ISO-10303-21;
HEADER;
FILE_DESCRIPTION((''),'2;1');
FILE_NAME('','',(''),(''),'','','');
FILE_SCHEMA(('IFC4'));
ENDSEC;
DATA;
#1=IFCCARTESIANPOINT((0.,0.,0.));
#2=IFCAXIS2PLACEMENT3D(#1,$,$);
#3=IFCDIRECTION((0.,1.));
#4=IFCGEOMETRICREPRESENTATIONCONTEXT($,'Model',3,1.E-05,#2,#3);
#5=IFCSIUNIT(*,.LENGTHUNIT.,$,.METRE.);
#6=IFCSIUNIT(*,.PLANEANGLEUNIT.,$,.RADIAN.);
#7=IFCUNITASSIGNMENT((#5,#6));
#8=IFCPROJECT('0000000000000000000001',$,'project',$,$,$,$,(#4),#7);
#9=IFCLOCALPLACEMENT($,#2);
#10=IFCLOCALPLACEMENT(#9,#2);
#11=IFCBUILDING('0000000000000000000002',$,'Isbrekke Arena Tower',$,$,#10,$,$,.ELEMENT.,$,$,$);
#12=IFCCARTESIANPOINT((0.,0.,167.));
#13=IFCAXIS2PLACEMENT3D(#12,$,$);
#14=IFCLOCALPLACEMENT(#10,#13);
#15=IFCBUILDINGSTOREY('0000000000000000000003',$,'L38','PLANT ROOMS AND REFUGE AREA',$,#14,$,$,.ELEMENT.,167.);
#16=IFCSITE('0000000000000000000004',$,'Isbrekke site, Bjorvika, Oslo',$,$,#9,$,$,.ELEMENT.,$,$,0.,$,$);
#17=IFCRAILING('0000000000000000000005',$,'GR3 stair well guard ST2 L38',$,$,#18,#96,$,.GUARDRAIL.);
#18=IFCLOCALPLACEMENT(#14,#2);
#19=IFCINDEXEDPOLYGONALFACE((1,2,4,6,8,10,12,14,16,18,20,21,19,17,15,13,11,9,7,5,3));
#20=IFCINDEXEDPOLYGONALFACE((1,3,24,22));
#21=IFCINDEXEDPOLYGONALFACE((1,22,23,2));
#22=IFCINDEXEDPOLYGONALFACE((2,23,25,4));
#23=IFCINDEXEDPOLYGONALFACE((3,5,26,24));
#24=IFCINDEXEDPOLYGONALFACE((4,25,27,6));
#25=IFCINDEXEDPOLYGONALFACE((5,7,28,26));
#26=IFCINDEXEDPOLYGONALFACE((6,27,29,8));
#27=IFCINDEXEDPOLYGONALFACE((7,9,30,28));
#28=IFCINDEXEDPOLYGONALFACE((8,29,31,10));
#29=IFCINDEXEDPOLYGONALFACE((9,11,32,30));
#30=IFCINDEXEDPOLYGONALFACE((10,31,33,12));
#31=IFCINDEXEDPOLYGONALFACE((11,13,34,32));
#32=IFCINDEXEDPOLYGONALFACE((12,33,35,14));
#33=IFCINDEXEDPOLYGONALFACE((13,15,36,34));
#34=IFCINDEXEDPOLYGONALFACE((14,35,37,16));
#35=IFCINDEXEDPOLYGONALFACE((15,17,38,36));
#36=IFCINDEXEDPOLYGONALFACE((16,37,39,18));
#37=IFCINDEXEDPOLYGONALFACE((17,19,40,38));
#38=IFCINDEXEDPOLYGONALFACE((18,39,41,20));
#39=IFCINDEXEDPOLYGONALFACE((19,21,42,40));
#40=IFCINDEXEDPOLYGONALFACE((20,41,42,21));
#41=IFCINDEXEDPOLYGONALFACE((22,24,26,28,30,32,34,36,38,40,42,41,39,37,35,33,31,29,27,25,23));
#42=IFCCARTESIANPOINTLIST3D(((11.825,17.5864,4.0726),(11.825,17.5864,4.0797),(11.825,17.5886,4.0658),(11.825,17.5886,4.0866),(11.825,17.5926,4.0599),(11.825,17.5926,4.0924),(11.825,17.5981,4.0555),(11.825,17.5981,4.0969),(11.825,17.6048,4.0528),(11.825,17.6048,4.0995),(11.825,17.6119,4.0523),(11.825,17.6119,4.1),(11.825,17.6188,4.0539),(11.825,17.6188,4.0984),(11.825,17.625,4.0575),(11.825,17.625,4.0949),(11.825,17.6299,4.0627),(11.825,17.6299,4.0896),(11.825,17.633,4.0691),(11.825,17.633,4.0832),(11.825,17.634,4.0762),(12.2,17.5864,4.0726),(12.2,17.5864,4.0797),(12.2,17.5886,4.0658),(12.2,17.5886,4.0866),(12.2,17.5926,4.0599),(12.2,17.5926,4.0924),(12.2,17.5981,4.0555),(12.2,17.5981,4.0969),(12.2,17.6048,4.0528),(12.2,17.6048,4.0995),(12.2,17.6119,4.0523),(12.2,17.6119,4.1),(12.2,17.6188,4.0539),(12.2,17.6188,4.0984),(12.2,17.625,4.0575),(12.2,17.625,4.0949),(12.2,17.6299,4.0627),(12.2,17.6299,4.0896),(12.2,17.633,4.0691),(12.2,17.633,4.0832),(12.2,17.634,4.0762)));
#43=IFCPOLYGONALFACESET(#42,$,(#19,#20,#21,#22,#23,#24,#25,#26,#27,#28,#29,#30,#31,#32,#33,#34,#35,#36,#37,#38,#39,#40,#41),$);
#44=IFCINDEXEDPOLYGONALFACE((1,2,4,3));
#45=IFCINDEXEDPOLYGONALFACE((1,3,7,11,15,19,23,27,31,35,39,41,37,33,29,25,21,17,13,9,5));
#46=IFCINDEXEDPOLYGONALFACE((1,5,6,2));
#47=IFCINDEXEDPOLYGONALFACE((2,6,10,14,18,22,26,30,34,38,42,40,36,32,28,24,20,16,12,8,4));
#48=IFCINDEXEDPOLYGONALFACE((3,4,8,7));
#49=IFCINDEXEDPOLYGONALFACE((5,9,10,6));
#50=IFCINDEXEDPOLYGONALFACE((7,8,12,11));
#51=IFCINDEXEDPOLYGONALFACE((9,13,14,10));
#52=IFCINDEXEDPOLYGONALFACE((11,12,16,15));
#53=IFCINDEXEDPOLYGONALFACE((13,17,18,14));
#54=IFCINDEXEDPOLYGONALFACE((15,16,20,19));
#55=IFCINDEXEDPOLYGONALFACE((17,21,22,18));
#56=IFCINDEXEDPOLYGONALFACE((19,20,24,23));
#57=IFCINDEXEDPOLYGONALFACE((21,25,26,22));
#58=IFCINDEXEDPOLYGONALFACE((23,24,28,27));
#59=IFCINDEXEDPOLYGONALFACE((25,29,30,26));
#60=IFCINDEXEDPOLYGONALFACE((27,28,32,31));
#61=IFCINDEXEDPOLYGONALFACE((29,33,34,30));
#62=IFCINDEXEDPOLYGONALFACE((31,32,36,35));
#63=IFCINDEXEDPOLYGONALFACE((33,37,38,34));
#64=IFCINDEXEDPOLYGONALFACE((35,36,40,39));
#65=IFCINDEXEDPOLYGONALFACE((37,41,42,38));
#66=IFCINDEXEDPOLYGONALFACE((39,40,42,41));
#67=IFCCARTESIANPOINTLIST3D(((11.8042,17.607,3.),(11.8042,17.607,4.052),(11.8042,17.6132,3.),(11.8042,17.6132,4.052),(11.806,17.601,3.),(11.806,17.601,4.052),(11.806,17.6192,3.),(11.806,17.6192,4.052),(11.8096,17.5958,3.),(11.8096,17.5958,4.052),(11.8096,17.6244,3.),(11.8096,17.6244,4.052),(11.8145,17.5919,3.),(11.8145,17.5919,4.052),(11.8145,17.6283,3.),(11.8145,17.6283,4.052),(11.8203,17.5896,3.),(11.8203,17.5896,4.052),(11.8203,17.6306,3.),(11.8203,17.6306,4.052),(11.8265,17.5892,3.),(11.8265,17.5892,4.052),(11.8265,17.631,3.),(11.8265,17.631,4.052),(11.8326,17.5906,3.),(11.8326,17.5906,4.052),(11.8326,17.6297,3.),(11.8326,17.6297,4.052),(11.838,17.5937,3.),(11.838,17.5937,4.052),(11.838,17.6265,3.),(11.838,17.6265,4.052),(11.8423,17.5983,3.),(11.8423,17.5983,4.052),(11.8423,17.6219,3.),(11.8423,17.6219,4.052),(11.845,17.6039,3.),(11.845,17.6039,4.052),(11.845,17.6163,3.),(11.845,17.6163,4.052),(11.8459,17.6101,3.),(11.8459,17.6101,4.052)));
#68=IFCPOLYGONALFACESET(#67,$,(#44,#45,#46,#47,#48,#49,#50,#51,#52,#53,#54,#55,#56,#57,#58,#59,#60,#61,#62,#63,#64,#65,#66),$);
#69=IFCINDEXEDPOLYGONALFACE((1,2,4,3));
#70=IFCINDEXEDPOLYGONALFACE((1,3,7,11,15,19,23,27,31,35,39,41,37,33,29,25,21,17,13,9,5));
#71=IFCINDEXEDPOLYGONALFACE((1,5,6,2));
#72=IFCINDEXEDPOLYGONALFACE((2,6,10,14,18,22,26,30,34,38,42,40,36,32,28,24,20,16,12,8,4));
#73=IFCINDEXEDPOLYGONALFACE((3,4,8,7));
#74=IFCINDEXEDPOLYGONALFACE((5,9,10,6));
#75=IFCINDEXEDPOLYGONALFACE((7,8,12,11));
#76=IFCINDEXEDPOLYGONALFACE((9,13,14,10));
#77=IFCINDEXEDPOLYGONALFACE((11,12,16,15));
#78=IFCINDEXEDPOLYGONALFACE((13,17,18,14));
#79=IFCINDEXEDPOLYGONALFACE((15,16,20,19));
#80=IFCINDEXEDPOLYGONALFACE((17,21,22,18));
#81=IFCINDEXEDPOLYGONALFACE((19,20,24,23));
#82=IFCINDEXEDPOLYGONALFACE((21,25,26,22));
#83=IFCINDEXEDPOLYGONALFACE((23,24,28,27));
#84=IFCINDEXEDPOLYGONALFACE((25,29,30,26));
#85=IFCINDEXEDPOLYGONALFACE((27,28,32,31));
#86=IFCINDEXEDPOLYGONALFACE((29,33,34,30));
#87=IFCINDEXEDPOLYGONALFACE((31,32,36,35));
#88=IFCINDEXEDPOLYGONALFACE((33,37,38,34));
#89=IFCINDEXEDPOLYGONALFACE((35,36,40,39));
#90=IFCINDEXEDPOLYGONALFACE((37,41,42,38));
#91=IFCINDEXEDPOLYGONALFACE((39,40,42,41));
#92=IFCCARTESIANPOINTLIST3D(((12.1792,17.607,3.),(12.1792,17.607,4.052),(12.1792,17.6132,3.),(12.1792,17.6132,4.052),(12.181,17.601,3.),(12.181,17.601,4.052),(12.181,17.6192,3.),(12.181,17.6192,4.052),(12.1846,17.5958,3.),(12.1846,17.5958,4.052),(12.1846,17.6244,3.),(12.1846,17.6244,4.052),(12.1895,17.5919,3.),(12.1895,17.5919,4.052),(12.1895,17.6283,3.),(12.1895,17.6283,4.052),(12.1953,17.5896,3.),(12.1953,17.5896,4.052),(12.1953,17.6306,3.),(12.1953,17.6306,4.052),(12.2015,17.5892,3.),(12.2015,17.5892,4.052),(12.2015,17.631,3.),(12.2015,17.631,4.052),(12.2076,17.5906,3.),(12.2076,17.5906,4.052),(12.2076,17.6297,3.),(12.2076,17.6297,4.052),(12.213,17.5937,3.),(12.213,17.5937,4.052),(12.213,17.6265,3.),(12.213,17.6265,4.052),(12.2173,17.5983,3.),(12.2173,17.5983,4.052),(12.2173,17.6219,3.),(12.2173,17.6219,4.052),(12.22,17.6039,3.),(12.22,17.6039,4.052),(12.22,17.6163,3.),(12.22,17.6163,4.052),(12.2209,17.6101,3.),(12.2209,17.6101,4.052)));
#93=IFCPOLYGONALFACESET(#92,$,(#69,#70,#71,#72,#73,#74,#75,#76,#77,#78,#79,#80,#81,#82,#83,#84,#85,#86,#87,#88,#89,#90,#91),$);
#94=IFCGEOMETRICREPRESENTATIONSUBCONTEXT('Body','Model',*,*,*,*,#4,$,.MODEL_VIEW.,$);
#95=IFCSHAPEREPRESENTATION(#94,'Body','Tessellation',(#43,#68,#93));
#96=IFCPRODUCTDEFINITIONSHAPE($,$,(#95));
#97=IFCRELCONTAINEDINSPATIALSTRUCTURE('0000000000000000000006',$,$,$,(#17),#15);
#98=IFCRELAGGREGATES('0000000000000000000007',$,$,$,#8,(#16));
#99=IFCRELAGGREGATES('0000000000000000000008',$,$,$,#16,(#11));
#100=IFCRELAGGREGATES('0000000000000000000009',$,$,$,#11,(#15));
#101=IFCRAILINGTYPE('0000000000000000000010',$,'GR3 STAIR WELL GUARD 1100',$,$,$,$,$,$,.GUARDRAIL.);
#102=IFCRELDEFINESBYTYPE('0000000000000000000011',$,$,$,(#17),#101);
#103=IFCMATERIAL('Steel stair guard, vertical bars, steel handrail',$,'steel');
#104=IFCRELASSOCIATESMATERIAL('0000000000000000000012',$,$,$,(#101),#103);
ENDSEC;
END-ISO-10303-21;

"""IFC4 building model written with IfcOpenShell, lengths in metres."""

from ifc_helpers import new_model, si_unit, direction, frame, origin, origin_2d, place, context, subcontext, project, spatial, circle, extrude, material, type_object, element, save


model = new_model("IFC4")

# Units and contexts
model_context = context("Model", 3, precision=1e-05, world=origin(), true_north=direction((0.0, 1.0)))
body_context = subcontext(model_context, "Body", "Model", "MODEL_VIEW")
ifc_project = project(units=[si_unit("LENGTHUNIT", "METRE"), si_unit("PLANEANGLEUNIT", "RADIAN")], contexts=[model_context])

# Site, building, storey
site_placement = place(None, origin())
site = spatial("IfcSite", under=ifc_project, at=site_placement, Name="Isbrekke site, Bjorvika, Oslo", CompositionType="ELEMENT", RefElevation=0.0)
building_placement = place(site_placement, origin())
building = spatial("IfcBuilding", under=site, at=building_placement, Name="Isbrekke Arena Tower", CompositionType="ELEMENT")
storey_placement = place(building_placement, frame((0.0, 0.0, 167.0)))
storey = spatial("IfcBuildingStorey", under=building, at=storey_placement, Name="L38", Description="PLANT ROOMS AND REFUGE AREA", CompositionType="ELEMENT", Elevation=167.0)

# Railing
ifc_material_1 = material(Name="Steel stair guard, vertical bars, steel handrail", Category="steel")
railing_type = type_object("IfcRailingType", Name="GR3 STAIR WELL GUARD 1100", PredefinedType="GUARDRAIL", material=ifc_material_1)
for number, where, name in (
    (1, (11.825, 17.6101, 3.0), "GR3 stair well guard ST2 L38"),
):
    element("IfcRailing", number, at=place(storey_placement, frame(where)), inside=storey, type_object=railing_type, Name=name, PredefinedType="GUARDRAIL", context=body_context, shape_type="SweptSolid", body=[
        extrude(circle(Radius=0.0239, at=origin_2d()), frame((0.0, 0.0, 1.0762), z_axis=(1.0, 0.0, 0.0), x_axis=(0.0, 1.0, 0.0)), (0.0, 0.0, 1.0), 0.375),
        extrude(circle(Radius=0.021, at=origin_2d()), origin(), (0.0, 0.0, 1.0), 1.052),
        extrude(circle(Radius=0.021, at=origin_2d()), frame((0.375, 0.0, 0.0)), (0.0, 0.0, 1.0), 1.052),
    ])

save(model, "model.ifc")
